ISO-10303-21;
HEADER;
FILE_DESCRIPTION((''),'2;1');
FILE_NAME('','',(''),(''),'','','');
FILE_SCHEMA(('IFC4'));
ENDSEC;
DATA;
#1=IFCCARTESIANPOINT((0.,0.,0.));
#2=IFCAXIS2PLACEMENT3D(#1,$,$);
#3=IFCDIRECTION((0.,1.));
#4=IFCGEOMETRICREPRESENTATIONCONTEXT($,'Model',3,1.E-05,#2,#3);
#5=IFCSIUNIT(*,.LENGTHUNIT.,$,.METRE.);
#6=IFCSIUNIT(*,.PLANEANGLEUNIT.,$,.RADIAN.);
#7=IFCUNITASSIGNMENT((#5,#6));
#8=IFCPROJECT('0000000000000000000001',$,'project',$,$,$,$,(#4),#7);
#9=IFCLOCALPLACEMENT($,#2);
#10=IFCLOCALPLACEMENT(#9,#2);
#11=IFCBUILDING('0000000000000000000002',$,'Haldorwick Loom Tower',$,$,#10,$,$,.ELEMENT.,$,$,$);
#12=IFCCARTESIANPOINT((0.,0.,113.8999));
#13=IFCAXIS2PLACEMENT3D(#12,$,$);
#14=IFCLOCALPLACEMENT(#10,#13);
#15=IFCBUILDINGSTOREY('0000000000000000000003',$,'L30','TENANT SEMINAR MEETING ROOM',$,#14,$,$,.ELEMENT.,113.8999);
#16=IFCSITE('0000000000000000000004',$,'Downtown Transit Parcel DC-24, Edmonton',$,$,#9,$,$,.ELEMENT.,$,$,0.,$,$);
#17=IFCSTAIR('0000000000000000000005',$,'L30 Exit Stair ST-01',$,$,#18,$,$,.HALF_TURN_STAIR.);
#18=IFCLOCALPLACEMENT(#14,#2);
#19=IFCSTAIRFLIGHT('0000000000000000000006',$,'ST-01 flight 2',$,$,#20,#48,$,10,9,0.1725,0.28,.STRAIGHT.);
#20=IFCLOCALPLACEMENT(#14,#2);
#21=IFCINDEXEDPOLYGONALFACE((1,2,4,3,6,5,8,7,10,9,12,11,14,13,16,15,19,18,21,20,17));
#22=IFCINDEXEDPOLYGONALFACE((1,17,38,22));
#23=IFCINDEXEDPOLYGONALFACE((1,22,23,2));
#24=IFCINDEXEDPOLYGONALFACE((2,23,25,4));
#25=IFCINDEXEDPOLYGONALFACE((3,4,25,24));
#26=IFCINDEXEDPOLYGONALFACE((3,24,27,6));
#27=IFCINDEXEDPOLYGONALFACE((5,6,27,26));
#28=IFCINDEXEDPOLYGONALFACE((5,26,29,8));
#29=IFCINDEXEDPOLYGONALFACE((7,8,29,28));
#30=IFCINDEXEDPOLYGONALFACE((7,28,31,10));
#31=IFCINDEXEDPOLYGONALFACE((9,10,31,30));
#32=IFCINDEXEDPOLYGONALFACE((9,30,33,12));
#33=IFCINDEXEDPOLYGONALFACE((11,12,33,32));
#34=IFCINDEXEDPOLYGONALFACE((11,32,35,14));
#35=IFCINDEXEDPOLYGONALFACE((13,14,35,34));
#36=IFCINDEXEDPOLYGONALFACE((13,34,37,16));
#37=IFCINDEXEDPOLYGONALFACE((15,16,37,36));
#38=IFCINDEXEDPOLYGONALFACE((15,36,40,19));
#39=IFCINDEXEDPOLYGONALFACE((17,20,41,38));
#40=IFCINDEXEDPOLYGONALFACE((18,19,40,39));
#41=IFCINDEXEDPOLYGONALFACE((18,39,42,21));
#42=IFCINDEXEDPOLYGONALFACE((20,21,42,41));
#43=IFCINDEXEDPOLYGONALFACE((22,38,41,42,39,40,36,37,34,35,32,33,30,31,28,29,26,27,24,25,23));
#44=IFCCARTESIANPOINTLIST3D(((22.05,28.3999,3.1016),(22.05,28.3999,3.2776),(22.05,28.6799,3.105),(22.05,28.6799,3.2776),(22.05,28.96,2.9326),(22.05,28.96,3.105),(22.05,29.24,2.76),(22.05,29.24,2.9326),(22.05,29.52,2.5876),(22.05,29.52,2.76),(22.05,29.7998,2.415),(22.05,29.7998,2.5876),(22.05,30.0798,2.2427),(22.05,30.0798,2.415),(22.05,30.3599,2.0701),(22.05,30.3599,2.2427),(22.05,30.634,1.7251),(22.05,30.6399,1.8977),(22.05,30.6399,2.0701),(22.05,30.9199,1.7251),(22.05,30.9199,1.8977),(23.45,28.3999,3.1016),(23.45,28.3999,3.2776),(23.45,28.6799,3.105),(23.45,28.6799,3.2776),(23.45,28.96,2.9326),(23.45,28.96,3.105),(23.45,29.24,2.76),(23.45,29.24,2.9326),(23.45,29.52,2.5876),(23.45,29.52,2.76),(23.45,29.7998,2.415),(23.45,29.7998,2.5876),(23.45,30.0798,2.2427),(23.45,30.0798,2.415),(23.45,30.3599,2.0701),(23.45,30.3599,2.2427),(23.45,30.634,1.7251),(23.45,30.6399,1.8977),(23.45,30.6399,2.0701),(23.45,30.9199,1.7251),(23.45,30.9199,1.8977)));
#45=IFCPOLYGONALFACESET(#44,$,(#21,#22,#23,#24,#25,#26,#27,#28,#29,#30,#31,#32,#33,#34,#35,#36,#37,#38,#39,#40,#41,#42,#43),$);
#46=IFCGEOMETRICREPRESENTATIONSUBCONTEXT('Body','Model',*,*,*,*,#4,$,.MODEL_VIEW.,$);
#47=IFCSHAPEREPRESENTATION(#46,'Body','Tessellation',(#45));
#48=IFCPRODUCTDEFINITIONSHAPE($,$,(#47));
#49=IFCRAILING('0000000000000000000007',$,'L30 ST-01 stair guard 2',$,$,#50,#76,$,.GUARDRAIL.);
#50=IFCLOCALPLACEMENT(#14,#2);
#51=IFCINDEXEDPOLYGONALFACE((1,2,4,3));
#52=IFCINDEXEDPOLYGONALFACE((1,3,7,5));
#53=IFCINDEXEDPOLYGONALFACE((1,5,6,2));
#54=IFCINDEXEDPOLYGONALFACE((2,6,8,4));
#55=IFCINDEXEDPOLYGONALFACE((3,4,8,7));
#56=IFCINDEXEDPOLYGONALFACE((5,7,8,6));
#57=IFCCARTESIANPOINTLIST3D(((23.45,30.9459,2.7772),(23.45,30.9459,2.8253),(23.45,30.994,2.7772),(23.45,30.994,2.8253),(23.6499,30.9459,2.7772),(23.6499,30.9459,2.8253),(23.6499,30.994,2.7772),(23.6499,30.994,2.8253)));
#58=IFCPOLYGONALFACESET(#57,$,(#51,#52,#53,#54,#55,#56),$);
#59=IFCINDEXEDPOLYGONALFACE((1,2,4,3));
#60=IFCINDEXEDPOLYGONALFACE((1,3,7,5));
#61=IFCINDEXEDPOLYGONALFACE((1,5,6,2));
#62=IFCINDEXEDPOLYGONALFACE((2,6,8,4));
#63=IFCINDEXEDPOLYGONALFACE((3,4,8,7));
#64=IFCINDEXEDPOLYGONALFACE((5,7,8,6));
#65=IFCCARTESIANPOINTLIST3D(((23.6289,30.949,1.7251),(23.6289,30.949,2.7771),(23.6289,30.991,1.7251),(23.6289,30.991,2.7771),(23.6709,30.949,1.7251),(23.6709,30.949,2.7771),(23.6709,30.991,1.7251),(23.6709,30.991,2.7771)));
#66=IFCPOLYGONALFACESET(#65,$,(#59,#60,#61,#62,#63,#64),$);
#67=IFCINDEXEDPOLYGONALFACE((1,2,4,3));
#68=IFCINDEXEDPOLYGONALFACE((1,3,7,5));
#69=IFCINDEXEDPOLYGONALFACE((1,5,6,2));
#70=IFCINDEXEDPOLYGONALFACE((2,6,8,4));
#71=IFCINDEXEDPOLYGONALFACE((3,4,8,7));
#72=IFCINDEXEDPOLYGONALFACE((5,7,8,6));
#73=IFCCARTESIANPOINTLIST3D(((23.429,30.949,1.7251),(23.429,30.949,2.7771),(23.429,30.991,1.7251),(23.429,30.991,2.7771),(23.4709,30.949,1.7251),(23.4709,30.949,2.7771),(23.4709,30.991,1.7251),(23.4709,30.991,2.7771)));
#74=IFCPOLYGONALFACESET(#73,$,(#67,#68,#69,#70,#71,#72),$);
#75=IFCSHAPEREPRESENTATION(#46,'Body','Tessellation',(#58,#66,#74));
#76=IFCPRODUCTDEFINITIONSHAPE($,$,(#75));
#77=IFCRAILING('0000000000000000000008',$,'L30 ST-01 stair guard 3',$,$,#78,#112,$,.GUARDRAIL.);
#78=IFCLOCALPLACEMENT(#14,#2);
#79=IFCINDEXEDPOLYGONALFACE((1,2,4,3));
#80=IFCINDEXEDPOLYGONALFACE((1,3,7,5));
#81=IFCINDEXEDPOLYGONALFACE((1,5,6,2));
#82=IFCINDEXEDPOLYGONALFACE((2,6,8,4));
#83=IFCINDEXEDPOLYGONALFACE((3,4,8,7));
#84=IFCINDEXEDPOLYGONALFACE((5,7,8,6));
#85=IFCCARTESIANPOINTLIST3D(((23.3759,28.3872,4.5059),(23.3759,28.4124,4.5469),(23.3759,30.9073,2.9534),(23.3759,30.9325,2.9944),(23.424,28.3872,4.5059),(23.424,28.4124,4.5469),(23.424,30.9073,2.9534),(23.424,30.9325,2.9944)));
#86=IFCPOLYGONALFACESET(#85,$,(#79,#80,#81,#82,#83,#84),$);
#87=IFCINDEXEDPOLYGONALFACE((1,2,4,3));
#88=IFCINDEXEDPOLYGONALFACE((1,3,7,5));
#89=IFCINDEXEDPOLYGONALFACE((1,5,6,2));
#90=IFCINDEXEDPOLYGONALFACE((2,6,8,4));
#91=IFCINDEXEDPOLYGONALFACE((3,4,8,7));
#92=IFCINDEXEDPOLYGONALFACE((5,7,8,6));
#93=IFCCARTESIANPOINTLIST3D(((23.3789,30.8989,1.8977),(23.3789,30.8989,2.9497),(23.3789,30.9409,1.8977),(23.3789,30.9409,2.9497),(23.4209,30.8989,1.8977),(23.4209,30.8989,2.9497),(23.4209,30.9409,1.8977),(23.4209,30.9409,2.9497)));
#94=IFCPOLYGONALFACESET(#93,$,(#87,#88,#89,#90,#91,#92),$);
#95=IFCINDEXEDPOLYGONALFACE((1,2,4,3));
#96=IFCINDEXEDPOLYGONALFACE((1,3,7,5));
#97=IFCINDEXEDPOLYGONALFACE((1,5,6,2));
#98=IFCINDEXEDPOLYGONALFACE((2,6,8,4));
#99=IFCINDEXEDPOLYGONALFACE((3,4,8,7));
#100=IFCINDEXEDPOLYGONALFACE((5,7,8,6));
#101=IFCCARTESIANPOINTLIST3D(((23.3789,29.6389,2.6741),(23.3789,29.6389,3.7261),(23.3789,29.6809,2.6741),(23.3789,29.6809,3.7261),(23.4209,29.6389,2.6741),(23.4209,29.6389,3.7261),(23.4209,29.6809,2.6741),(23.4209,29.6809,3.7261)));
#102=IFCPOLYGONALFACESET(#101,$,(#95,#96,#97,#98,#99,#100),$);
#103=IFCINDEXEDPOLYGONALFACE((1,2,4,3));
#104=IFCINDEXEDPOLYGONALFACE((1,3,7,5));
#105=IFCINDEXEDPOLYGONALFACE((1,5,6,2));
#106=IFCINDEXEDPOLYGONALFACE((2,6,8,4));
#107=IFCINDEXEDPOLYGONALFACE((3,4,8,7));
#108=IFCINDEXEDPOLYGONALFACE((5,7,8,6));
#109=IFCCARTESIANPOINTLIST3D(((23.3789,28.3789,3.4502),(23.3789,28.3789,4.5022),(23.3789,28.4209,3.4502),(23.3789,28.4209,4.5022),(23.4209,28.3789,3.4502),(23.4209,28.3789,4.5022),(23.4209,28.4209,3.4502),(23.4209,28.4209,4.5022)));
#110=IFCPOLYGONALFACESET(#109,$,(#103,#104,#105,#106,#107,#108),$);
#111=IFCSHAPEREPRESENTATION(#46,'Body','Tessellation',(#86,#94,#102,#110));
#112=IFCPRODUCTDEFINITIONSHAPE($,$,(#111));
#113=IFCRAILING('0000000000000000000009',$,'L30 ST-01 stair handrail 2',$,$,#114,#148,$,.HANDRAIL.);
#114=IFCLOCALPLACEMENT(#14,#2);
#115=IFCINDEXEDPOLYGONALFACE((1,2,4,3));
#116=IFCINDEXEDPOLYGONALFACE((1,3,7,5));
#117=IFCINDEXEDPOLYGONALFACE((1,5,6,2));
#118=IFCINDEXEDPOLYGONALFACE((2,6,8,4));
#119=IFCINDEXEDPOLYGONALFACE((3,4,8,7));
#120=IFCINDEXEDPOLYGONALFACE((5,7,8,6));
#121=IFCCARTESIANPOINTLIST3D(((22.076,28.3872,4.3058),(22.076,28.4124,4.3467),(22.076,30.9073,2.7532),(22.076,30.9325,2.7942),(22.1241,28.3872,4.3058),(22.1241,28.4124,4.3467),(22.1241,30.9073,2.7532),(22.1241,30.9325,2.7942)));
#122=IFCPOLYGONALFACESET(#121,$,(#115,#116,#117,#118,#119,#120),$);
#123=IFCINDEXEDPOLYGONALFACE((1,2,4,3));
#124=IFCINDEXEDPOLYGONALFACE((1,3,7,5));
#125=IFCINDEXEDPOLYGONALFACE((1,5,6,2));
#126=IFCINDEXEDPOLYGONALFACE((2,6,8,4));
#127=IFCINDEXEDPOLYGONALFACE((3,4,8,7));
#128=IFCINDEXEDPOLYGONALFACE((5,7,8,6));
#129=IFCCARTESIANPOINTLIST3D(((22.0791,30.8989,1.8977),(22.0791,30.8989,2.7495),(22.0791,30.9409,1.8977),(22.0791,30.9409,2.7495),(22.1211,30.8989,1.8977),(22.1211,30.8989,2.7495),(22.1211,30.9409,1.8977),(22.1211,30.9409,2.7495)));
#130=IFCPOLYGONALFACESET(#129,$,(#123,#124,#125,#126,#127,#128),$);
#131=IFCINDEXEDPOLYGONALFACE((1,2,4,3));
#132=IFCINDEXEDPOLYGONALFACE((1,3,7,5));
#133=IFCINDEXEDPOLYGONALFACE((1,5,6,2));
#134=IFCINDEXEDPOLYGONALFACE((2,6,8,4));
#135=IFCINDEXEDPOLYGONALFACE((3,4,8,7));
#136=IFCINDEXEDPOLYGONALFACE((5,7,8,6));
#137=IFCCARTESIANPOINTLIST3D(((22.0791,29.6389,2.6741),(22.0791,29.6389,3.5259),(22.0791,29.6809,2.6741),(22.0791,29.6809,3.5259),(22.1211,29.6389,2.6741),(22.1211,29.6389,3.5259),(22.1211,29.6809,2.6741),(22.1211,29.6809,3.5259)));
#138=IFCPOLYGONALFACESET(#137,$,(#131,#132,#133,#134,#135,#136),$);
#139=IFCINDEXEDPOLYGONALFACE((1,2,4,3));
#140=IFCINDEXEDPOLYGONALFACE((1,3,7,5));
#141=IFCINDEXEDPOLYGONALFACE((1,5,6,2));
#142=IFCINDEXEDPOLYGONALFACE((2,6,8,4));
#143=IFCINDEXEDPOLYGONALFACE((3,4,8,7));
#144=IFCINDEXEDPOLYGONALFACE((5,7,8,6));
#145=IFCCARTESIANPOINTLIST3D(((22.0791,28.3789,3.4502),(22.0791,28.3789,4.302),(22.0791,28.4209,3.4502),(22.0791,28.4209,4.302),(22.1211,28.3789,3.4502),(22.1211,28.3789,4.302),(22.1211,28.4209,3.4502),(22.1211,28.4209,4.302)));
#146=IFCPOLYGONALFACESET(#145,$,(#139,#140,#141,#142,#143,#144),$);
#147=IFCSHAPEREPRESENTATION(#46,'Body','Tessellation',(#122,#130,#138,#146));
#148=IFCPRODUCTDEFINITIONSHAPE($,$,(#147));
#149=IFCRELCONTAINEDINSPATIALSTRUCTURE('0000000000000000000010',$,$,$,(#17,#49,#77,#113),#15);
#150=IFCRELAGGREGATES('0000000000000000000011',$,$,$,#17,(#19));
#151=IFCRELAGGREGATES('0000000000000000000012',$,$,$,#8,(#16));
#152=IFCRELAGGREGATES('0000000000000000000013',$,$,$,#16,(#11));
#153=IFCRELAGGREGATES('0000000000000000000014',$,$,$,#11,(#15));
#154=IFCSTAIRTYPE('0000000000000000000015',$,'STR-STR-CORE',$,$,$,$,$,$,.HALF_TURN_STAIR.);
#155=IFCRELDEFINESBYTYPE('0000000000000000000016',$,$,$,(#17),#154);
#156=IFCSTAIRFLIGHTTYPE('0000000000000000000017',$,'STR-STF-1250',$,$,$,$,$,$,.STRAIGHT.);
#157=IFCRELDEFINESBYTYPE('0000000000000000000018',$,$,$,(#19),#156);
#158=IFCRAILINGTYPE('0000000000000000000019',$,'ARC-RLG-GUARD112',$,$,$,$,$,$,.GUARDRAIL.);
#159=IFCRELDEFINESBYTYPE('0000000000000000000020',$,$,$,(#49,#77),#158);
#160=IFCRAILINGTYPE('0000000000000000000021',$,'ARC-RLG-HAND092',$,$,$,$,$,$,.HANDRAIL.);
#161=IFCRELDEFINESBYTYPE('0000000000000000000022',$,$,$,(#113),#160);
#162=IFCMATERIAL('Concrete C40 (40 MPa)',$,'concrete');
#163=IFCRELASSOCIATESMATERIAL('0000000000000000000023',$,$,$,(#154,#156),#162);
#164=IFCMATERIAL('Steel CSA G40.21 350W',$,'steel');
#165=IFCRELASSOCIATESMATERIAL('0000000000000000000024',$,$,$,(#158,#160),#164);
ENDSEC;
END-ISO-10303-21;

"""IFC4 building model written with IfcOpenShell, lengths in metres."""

from ifc_helpers import new_model, si_unit, direction, frame, origin, origin_2d, place, context, subcontext, project, spatial, polyline, rectangle, outline, extrude, material, type_object, element, aggregate, save


model = new_model("IFC4")

# Units and contexts
model_context = context("Model", 3, precision=1e-05, world=origin(), true_north=direction((0.0, 1.0)))
body_context = subcontext(model_context, "Body", "Model", "MODEL_VIEW")
ifc_project = project(units=[si_unit("LENGTHUNIT", "METRE"), si_unit("PLANEANGLEUNIT", "RADIAN")], contexts=[model_context])

# Site, building, storey
site_placement = place(None, origin())
site = spatial("IfcSite", under=ifc_project, at=site_placement, Name="Downtown Transit Parcel DC-24, Edmonton", CompositionType="ELEMENT", RefElevation=0.0)
building_placement = place(site_placement, origin())
building = spatial("IfcBuilding", under=site, at=building_placement, Name="Haldorwick Loom Tower", CompositionType="ELEMENT")
storey_placement = place(building_placement, frame((0.0, 0.0, 113.8999)))
storey = spatial("IfcBuildingStorey", under=building, at=storey_placement, Name="L30", Description="TENANT SEMINAR MEETING ROOM", CompositionType="ELEMENT", Elevation=113.8999)

# Shared definitions
ifc_material_1 = material(Name="Steel CSA G40.21 350W", Category="steel")

# Stair, stair flight
ifc_material_2 = material(Name="Concrete C40 (40 MPa)", Category="concrete")
stair_type = type_object("IfcStairType", Name="STR-STR-CORE", PredefinedType="HALF_TURN_STAIR", material=ifc_material_2)
stair_placement = place(storey_placement, origin())
stair = element("IfcStair", 1, at=stair_placement, inside=storey, type_object=stair_type, Name="L30 Exit Stair ST-01", PredefinedType="HALF_TURN_STAIR")
stair_flight_type = type_object("IfcStairFlightType", Name="STR-STF-1250", PredefinedType="STRAIGHT", material=ifc_material_2)
stair_flight_placement = place(storey_placement, frame((22.75, 30.9199, 1.7251), z_axis=(0.0, 0.0, 1.0), x_axis=(0.0, -1.0, 0.0)))
stair_flight = element("IfcStairFlight", 2, at=stair_flight_placement, type_object=stair_flight_type, Name="ST-01 flight 2", NumberOfRisers=10, NumberOfTreads=9, PredefinedType="STRAIGHT", RiserHeight=0.1725, TreadLength=0.28, context=body_context, shape_type="SweptSolid", body=[
    extrude(outline(polyline([(0.0, 0.0), (0.0, 0.1726), (0.28, 0.1726), (0.28, 0.345), (0.5601, 0.345), (0.5601, 0.5176), (0.8401, 0.5176), (0.8401, 0.6899), (1.1201, 0.6899), (1.1201, 0.8625), (1.3999, 0.8625), (1.3999, 1.0349), (1.6799, 1.0349), (1.6799, 1.2075), (1.96, 1.2075), (1.96, 1.3799), (2.24, 1.3799), (2.24, 1.5525), (2.52, 1.5525), (2.52, 1.7251), (2.52, 1.3765), (0.2859, 0.0), (0.0, 0.0)])), frame((0.0, 0.7, 0.0), z_axis=(0.0, -1.0, 0.0), x_axis=(1.0, 0.0, 0.0)), (0.0, 0.0, 1.0), 1.3999),
])
aggregate(stair, [stair_flight])

# Railings
railing_type_1 = type_object("IfcRailingType", Name="ARC-RLG-GUARD112", PredefinedType="GUARDRAIL", material=ifc_material_1)
railing_1_placement = place(storey_placement, frame((23.6499, 30.97, 1.7251)))
element("IfcRailing", 3, at=railing_1_placement, inside=storey, type_object=railing_type_1, Name="L30 ST-01 stair guard 2", PredefinedType="GUARDRAIL", context=body_context, shape_type="SweptSolid", body=[
    extrude(rectangle(XDim=0.0481, YDim=0.0481, at=origin_2d()), frame((0.0, 0.0, 1.0762), z_axis=(-1.0, 0.0, 0.0), x_axis=(0.0, -1.0, 0.0)), (0.0, 0.0, 1.0), 0.2),
    extrude(rectangle(XDim=0.042, YDim=0.042, at=origin_2d()), origin(), (0.0, 0.0, 1.0), 1.052),
    extrude(rectangle(XDim=0.042, YDim=0.042, at=origin_2d()), frame((-0.2, 0.0, 0.0)), (0.0, 0.0, 1.0), 1.052),
])
railing_2_placement = place(storey_placement, frame((23.3999, 30.9199, 1.8977)))
element("IfcRailing", 4, at=railing_2_placement, inside=storey, type_object=railing_type_1, Name="L30 ST-01 stair guard 3", PredefinedType="GUARDRAIL", context=body_context, shape_type="SweptSolid", body=[
    extrude(rectangle(XDim=0.0481, YDim=0.0481, at=origin_2d()), frame((0.0, 0.0, 1.0762), z_axis=(0.0, -0.8514, 0.524516), x_axis=(1.0, 0.0, 0.0)), (0.0, 0.0, 1.0), 2.96),
    extrude(rectangle(XDim=0.042, YDim=0.042, at=origin_2d()), origin(), (0.0, 0.0, 1.0), 1.052),
    extrude(rectangle(XDim=0.042, YDim=0.042, at=origin_2d()), frame((0.0, -1.26, 0.7764)), (0.0, 0.0, 1.0), 1.052),
    extrude(rectangle(XDim=0.042, YDim=0.042, at=origin_2d()), frame((0.0, -2.52, 1.5525)), (0.0, 0.0, 1.0), 1.052),
])
railing_type_2 = type_object("IfcRailingType", Name="ARC-RLG-HAND092", PredefinedType="HANDRAIL", material=ifc_material_1)
railing_3_placement = place(storey_placement, frame((22.1001, 30.9199, 1.8977)))
element("IfcRailing", 5, at=railing_3_placement, inside=storey, type_object=railing_type_2, Name="L30 ST-01 stair handrail 2", PredefinedType="HANDRAIL", context=body_context, shape_type="SweptSolid", body=[
    extrude(rectangle(XDim=0.0481, YDim=0.0481, at=origin_2d()), frame((0.0, 0.0, 0.876), z_axis=(0.0, -0.8514, 0.524516), x_axis=(1.0, 0.0, 0.0)), (0.0, 0.0, 1.0), 2.96),
    extrude(rectangle(XDim=0.042, YDim=0.042, at=origin_2d()), origin(), (0.0, 0.0, 1.0), 0.8518),
    extrude(rectangle(XDim=0.042, YDim=0.042, at=origin_2d()), frame((0.0, -1.26, 0.7764)), (0.0, 0.0, 1.0), 0.8518),
    extrude(rectangle(XDim=0.042, YDim=0.042, at=origin_2d()), frame((0.0, -2.52, 1.5525)), (0.0, 0.0, 1.0), 0.8518),
])

save(model, "model.ifc")
